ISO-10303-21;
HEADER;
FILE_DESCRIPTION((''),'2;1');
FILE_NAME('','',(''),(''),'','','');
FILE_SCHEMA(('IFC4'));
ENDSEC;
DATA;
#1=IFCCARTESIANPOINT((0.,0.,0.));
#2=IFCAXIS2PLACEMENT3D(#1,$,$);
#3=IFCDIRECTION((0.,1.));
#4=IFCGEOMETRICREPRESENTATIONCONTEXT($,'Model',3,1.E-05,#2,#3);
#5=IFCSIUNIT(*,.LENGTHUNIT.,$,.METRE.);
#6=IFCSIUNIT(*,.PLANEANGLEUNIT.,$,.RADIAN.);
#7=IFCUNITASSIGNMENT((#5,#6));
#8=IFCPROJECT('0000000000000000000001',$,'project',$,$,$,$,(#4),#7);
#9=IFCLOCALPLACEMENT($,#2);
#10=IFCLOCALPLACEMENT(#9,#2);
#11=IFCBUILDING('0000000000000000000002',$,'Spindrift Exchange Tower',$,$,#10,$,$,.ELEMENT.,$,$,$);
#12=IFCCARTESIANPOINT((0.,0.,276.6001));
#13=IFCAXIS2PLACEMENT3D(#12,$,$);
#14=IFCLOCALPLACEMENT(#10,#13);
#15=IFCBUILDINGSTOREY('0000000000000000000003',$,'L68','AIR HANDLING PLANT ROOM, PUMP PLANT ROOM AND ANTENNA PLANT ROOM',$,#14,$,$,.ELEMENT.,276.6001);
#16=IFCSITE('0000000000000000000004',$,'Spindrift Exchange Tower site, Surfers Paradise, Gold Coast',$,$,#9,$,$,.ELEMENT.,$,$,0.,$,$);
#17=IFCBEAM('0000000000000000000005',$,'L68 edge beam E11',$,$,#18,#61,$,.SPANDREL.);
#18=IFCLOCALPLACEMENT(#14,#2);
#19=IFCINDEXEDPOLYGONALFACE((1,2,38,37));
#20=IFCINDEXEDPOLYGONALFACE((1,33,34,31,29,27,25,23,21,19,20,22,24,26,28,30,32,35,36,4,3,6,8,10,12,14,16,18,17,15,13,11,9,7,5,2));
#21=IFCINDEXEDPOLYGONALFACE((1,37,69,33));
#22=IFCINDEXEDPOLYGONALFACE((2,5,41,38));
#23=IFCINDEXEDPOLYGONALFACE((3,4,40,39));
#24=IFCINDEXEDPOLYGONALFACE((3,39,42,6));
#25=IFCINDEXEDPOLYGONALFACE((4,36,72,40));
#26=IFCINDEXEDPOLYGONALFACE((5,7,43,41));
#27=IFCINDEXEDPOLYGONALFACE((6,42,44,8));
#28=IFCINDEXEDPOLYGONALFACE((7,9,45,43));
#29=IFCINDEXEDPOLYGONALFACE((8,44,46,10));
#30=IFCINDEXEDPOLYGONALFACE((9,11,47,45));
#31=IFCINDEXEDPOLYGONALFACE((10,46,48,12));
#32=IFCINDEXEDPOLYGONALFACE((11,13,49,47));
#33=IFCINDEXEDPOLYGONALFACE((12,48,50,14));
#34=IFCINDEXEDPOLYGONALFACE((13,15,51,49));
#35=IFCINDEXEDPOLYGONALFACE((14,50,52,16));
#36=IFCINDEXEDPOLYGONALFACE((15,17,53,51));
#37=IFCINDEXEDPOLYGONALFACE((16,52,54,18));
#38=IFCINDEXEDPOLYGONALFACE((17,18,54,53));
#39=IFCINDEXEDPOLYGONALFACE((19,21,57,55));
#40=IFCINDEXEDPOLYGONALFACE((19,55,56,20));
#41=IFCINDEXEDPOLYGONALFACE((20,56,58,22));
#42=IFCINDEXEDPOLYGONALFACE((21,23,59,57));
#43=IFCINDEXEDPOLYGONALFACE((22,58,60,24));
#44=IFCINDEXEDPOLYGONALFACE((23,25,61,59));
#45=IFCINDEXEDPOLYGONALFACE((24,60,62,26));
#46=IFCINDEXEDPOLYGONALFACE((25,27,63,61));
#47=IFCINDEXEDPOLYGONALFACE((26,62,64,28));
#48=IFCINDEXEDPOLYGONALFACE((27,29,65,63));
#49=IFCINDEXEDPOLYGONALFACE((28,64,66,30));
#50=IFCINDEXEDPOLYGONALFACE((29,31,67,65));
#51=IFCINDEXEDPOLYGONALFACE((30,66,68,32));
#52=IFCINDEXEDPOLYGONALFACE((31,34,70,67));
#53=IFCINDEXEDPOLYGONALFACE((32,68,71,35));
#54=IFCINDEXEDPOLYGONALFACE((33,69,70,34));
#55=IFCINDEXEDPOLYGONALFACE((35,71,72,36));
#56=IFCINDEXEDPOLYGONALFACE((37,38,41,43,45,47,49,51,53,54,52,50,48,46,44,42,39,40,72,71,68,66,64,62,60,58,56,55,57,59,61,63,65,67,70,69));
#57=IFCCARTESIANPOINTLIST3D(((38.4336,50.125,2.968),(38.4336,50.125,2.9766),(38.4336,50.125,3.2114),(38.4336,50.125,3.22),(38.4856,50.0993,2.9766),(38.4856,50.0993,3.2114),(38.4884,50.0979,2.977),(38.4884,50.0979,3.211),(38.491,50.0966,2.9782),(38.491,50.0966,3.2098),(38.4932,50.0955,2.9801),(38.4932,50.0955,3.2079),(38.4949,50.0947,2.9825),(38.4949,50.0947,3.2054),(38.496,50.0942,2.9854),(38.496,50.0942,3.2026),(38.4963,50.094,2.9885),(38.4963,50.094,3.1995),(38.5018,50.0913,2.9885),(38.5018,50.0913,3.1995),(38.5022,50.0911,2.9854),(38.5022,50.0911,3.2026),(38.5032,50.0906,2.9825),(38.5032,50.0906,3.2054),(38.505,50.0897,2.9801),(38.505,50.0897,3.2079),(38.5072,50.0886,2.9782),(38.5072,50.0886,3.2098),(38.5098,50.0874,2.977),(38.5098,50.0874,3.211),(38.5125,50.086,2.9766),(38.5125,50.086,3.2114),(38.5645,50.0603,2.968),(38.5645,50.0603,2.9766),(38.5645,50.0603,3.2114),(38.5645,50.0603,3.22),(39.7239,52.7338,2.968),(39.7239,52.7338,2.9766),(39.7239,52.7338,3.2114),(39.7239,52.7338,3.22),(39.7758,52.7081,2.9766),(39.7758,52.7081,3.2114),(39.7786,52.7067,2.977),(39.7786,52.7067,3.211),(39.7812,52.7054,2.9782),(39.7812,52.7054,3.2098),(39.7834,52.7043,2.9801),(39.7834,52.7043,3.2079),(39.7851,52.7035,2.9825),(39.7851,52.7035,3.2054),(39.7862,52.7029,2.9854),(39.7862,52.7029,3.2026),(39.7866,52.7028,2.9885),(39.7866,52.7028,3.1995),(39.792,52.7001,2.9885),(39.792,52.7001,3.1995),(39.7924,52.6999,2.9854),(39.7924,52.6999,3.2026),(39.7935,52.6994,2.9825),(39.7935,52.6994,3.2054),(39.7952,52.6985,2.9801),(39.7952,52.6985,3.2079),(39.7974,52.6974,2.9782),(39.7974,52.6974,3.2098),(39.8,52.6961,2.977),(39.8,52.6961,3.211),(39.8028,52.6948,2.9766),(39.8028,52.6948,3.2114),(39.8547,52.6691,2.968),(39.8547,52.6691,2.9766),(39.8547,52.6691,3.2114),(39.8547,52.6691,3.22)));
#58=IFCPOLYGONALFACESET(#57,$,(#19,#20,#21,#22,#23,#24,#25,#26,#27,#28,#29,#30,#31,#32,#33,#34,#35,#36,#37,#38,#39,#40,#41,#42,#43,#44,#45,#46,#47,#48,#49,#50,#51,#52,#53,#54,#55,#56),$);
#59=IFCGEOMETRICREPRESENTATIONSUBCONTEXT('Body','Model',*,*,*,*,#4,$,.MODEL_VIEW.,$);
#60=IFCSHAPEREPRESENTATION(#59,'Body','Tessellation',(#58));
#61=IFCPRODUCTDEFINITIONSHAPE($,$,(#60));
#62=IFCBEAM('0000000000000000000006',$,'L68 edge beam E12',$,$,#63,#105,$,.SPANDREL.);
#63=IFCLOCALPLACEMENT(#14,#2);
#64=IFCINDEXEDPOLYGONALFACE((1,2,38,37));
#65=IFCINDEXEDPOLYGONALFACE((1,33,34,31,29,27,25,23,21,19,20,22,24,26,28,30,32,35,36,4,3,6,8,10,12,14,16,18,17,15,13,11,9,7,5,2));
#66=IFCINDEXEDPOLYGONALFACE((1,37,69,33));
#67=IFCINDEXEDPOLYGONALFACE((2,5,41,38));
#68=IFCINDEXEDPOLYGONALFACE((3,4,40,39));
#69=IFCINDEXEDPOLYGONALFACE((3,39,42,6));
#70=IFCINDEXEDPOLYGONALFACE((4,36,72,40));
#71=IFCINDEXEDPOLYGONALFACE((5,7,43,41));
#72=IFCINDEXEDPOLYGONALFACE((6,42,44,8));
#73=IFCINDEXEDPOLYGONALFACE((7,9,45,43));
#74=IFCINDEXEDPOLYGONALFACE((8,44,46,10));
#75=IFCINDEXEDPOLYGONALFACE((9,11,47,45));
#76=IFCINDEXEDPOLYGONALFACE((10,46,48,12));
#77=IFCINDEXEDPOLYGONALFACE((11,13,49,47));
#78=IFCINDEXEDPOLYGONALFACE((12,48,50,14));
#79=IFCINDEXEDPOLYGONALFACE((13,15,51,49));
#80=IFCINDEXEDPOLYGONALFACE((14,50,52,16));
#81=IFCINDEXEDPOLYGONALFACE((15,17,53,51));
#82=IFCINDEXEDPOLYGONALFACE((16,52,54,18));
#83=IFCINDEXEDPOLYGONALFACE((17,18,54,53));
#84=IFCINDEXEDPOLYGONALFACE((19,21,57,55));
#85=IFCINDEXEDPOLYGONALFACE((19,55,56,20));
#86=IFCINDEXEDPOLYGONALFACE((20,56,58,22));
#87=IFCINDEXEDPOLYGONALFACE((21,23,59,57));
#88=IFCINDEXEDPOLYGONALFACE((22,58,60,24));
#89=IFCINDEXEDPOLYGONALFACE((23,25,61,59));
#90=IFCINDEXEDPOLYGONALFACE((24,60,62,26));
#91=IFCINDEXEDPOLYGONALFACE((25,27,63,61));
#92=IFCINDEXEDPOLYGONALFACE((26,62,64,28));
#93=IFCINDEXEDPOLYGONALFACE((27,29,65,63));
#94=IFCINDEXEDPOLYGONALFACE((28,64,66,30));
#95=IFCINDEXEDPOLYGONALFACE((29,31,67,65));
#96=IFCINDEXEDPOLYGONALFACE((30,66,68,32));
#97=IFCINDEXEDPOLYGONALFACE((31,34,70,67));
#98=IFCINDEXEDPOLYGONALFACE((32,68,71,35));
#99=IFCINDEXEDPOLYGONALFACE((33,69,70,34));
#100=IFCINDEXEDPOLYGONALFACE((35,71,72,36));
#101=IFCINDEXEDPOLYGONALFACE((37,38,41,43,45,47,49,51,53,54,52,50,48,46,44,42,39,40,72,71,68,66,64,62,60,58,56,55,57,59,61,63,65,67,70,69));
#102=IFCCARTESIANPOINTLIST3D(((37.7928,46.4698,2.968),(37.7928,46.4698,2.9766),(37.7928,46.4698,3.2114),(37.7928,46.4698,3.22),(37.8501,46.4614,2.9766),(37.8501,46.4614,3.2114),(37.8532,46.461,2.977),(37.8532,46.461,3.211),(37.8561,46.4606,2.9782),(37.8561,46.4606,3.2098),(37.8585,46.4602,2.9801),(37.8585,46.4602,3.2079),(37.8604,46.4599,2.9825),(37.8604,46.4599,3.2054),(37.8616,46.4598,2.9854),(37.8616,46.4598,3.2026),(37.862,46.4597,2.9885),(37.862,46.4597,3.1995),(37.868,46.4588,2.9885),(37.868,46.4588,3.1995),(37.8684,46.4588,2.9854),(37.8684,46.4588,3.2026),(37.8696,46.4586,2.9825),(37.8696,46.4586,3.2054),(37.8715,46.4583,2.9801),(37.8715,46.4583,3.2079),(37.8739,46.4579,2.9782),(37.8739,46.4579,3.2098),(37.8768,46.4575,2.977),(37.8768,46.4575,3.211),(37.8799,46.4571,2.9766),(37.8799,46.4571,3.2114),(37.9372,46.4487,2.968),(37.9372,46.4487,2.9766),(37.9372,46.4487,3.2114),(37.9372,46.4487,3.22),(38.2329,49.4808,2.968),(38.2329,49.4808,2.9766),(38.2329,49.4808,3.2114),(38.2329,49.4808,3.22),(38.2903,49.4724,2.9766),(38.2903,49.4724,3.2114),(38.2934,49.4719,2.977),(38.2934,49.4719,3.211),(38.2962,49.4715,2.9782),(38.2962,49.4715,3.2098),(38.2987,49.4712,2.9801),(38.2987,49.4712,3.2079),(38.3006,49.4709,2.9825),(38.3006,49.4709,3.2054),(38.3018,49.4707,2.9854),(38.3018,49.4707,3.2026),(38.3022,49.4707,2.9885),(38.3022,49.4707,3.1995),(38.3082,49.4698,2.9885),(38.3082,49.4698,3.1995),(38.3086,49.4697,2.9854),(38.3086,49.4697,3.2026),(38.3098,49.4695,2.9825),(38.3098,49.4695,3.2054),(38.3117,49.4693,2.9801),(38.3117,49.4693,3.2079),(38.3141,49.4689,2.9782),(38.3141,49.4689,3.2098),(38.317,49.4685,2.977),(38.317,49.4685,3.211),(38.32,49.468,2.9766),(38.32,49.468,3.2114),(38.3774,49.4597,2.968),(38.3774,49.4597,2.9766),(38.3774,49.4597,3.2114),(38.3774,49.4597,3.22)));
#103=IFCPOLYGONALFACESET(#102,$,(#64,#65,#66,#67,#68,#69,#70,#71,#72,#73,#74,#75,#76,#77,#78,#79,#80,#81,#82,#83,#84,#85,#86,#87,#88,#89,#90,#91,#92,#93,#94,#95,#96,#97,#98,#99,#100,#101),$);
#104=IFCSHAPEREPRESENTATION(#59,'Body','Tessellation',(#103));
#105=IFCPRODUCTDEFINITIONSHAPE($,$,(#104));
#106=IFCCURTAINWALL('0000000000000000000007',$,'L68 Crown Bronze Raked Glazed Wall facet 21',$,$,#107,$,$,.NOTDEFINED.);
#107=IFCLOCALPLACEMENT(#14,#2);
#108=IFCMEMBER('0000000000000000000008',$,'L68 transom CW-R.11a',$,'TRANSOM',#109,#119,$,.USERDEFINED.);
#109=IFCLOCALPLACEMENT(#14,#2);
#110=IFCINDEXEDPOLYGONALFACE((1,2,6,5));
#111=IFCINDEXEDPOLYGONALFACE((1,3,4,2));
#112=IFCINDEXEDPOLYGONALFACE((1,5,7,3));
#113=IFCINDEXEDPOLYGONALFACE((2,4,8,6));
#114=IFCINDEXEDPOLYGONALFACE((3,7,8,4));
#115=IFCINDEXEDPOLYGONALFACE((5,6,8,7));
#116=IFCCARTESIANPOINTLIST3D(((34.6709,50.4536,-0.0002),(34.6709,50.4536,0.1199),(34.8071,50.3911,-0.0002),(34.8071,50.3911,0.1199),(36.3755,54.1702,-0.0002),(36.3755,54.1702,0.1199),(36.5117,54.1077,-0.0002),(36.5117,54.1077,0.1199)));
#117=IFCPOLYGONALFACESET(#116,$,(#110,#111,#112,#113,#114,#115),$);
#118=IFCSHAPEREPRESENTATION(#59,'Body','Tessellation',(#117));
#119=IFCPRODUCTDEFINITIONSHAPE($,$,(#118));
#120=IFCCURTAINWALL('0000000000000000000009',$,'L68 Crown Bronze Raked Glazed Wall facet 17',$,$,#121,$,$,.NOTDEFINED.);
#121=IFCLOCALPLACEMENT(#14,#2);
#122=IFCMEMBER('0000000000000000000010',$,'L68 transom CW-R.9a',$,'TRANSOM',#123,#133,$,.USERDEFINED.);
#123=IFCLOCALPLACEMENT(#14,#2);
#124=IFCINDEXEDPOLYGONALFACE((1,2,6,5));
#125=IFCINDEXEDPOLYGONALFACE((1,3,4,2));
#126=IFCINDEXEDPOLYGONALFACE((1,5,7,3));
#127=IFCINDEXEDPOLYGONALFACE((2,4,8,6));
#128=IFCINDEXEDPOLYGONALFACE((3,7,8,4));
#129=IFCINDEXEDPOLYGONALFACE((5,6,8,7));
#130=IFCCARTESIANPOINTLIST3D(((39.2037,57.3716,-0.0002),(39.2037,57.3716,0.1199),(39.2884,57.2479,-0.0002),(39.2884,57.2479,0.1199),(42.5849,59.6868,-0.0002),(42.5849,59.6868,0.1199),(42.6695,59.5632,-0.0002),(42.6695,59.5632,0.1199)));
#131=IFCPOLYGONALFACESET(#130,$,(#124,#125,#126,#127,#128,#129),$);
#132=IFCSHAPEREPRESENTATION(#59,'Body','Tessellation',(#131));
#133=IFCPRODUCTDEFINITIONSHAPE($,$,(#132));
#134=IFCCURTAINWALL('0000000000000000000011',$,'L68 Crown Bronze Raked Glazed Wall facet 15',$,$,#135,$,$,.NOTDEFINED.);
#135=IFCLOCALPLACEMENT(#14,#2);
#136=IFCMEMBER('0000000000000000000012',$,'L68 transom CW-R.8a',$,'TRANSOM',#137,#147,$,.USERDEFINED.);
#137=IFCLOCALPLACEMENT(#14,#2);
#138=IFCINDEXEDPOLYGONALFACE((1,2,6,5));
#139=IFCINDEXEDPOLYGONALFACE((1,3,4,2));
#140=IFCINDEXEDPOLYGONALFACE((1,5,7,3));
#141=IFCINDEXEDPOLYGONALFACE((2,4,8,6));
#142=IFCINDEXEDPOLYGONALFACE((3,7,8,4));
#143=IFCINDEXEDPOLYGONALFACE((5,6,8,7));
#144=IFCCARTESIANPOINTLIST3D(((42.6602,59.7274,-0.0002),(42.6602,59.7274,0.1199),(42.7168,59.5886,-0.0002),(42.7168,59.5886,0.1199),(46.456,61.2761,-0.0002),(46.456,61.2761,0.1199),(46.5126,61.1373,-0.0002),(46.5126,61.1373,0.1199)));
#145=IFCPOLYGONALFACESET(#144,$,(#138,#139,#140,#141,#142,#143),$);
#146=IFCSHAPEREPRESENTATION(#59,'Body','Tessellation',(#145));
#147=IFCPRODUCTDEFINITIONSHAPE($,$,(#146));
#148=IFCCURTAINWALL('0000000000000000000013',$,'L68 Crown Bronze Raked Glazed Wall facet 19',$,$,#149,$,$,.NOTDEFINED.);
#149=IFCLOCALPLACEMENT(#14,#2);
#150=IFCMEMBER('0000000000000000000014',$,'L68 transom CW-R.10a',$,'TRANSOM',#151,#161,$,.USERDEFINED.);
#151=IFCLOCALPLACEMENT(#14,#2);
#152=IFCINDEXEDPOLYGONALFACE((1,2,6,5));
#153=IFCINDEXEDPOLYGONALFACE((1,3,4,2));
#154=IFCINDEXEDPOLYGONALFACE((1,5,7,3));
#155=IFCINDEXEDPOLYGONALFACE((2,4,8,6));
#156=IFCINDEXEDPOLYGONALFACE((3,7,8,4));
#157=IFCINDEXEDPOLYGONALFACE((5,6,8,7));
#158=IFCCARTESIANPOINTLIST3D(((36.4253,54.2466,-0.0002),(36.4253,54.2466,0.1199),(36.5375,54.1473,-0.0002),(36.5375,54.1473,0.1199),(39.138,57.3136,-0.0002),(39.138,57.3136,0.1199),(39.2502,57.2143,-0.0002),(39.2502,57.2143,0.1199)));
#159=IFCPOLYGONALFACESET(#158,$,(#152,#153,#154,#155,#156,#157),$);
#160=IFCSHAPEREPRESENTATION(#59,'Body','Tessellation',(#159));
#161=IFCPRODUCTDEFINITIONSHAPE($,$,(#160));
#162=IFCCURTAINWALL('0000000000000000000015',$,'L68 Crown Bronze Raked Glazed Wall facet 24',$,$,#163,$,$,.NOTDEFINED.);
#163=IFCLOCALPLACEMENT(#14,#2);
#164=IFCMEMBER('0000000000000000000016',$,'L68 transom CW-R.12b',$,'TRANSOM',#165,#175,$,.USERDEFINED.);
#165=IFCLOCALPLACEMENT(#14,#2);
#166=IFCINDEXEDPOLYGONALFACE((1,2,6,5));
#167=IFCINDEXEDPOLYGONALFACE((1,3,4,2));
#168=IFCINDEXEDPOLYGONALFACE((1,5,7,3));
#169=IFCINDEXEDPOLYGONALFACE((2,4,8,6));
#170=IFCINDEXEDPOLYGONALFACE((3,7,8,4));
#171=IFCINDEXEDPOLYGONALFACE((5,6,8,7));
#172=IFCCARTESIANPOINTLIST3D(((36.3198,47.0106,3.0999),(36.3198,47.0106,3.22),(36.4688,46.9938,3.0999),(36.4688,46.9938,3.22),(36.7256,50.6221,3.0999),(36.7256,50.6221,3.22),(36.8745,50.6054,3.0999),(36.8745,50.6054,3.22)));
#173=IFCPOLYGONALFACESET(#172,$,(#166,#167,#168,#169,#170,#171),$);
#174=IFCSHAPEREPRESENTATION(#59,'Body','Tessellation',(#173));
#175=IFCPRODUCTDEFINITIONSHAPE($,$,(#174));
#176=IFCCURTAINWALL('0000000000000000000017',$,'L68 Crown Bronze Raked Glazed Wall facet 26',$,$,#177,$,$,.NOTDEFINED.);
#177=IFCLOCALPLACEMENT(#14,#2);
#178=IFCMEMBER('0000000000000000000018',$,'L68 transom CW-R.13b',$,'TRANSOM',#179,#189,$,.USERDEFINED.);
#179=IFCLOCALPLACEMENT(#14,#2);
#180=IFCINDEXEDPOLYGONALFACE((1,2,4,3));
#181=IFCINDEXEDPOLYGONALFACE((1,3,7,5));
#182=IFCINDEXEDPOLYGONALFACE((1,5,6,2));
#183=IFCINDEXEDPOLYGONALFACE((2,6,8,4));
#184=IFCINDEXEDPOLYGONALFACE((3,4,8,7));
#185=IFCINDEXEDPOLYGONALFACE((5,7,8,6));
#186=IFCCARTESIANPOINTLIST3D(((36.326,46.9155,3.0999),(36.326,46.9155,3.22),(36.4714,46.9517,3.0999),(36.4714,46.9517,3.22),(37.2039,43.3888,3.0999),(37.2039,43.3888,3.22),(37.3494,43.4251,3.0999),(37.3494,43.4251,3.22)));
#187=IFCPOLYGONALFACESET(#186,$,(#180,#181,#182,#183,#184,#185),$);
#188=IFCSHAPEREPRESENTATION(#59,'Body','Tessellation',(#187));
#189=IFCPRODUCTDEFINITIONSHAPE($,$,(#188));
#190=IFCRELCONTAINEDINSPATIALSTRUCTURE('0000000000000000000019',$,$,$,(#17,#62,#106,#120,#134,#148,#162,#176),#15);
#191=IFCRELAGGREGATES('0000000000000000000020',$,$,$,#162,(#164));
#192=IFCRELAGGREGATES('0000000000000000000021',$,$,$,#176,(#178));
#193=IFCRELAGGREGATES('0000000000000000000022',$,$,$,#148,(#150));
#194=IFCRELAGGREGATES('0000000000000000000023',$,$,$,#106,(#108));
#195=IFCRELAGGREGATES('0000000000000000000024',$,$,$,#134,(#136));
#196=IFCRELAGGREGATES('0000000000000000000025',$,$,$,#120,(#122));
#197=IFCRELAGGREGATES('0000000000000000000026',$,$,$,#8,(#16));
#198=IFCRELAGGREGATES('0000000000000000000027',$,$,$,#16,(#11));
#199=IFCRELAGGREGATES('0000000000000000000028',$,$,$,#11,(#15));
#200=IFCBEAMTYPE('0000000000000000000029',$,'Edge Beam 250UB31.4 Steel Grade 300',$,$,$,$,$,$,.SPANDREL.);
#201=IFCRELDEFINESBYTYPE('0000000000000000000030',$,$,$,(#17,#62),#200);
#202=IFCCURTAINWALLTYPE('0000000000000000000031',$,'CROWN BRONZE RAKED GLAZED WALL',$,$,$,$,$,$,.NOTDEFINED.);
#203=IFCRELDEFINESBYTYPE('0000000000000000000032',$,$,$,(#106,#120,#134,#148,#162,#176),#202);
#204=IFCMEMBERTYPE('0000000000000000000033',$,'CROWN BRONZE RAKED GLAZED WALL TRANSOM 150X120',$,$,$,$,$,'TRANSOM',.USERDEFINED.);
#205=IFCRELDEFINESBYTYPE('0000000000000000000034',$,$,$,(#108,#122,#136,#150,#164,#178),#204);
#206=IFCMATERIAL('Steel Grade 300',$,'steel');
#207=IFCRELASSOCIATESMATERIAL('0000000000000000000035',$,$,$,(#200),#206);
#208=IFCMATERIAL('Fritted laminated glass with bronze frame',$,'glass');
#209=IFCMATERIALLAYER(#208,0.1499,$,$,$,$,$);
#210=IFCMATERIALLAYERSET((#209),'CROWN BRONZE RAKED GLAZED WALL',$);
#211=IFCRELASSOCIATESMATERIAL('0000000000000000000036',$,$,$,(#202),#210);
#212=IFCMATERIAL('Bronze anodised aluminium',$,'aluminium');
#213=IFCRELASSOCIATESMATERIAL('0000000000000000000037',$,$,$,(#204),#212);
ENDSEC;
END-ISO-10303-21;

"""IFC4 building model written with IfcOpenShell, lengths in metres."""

from ifc_helpers import new_model, si_unit, direction, frame, origin, origin_2d, place, context, subcontext, project, spatial, rectangle, i_section, extrude, source, transform, mapped, material, layer, layer_set, material_profile, profile_set, type_object, element, aggregate, save


model = new_model("IFC4")

# Units and contexts
model_context = context("Model", 3, precision=1e-05, world=origin(), true_north=direction((0.0, 1.0)))
body_context = subcontext(model_context, "Body", "Model", "MODEL_VIEW")
ifc_project = project(units=[si_unit("LENGTHUNIT", "METRE"), si_unit("PLANEANGLEUNIT", "RADIAN")], contexts=[model_context])

# Site, building, storey
site_placement = place(None, origin())
site = spatial("IfcSite", under=ifc_project, at=site_placement, Name="Spindrift Exchange Tower site, Surfers Paradise, Gold Coast", CompositionType="ELEMENT", RefElevation=0.0)
building_placement = place(site_placement, origin())
building = spatial("IfcBuilding", under=site, at=building_placement, Name="Spindrift Exchange Tower", CompositionType="ELEMENT")
storey_placement = place(building_placement, frame((0.0, 0.0, 276.6001)))
storey = spatial("IfcBuildingStorey", under=building, at=storey_placement, Name="L68", Description="AIR HANDLING PLANT ROOM, PUMP PLANT ROOM AND ANTENNA PLANT ROOM", CompositionType="ELEMENT", Elevation=276.6001)

# Beams
ifc_material_1 = material(Name="Steel Grade 300", Category="steel")
ifc_material_profile_1 = material_profile(ifc_material_1, i_section(OverallWidth=0.146, OverallDepth=0.252, WebThickness=0.0061, FlangeThickness=0.0085, FilletRadius=0.012, at=origin_2d()), Name="250UB31.4")
ifc_profile_set_1 = profile_set([ifc_material_profile_1], Name="Steel Grade 300")
beam_type_1 = type_object("IfcBeamType", Name="Edge Beam 250UB31.4 Steel Grade 300", PredefinedType="SPANDREL", material=ifc_profile_set_1)
shared_shape_1 = source(origin(), body_context, "Body", "SweptSolid", [
    extrude(i_section(OverallWidth=0.146, OverallDepth=0.252, WebThickness=0.0061, FlangeThickness=0.0085, FilletRadius=0.012, at=origin_2d()), origin(), (0.0, 0.0, 1.0), 2.9104),
])
beam_1_placement = place(storey_placement, frame((39.7893, 52.7014, 3.094), z_axis=(-0.443317, -0.896365, 0.0), x_axis=(0.896365, -0.443317, 0.0)))
element("IfcBeam", 1, at=beam_1_placement, inside=storey, type_object=beam_type_1, Name="L68 edge beam E11", PredefinedType="SPANDREL", context=body_context, shape_type="MappedRepresentation", body=[
    mapped(shared_shape_1, transform((0.0, 0.0, 0.0), scale=1.0)),
])
shared_shape_2 = source(origin(), body_context, "Body", "SweptSolid", [
    extrude(i_section(OverallWidth=0.146, OverallDepth=0.252, WebThickness=0.0061, FlangeThickness=0.0085, FilletRadius=0.012, at=origin_2d()), origin(), (0.0, 0.0, 1.0), 3.043),
])
beam_2_placement = place(storey_placement, frame((38.3052, 49.4702, 3.094), z_axis=(-0.144655, -0.989482, 0.0), x_axis=(0.989482, -0.144655, 0.0)))
element("IfcBeam", 2, at=beam_2_placement, inside=storey, type_object=beam_type_1, Name="L68 edge beam E12", PredefinedType="SPANDREL", context=body_context, shape_type="MappedRepresentation", body=[
    mapped(shared_shape_2, transform((0.0, 0.0, 0.0), scale=1.0)),
])

# Curtain walls, members
ifc_material_2 = material(Name="Fritted laminated glass with bronze frame", Category="glass")
ifc_layer_1 = layer(ifc_material_2, 0.1499)
ifc_layer_set_1 = layer_set([ifc_layer_1], Name="CROWN BRONZE RAKED GLAZED WALL")
curtain_wall_type = type_object("IfcCurtainWallType", Name="CROWN BRONZE RAKED GLAZED WALL", PredefinedType="NOTDEFINED", material=ifc_layer_set_1)
curtain_wall_1_placement = place(storey_placement, origin())
curtain_wall_1 = element("IfcCurtainWall", 3, at=curtain_wall_1_placement, inside=storey, type_object=curtain_wall_type, Name="L68 Crown Bronze Raked Glazed Wall facet 21", PredefinedType="NOTDEFINED")
ifc_material_3 = material(Name="Bronze anodised aluminium", Category="aluminium")
ifc_material_profile_2 = material_profile(ifc_material_3, rectangle(XDim=0.1499, YDim=0.1201, at=origin_2d()), Name="CROWN BRONZE RAKED GLAZED WALL TRANSOM 150X120")
ifc_profile_set_2 = profile_set([ifc_material_profile_2], Name="Bronze anodised aluminium")
member_type_1 = type_object("IfcMemberType", Name="CROWN BRONZE RAKED GLAZED WALL TRANSOM 150X120", ElementType="TRANSOM", PredefinedType="USERDEFINED", material=ifc_profile_set_2)
shared_shape_3 = source(origin(), body_context, "Body", "SweptSolid", [
    extrude(rectangle(XDim=0.1499, YDim=0.1201, at=origin_2d()), origin(), (0.0, 0.0, 1.0), 4.0889),
])
member_1_placement = place(storey_placement, frame((36.4436, 54.1389, 0.0598), z_axis=(-0.416891, -0.908956, 0.0), x_axis=(0.908956, -0.416891, 0.0)))
member_1 = element("IfcMember", 4, at=member_1_placement, type_object=member_type_1, Name="L68 transom CW-R.11a", ObjectType="TRANSOM", PredefinedType="USERDEFINED", context=body_context, shape_type="MappedRepresentation", body=[
    mapped(shared_shape_3, transform((0.0, 0.0, 0.0), scale=1.0)),
])
curtain_wall_2_placement = place(storey_placement, origin())
curtain_wall_2 = element("IfcCurtainWall", 5, at=curtain_wall_2_placement, inside=storey, type_object=curtain_wall_type, Name="L68 Crown Bronze Raked Glazed Wall facet 17", PredefinedType="NOTDEFINED")
shared_shape_4 = source(origin(), body_context, "Body", "SweptSolid", [
    extrude(rectangle(XDim=0.1499, YDim=0.1201, at=origin_2d()), origin(), (0.0, 0.0, 1.0), 4.0979),
])
member_2_placement = place(storey_placement, frame((42.6272, 59.625, 0.0598), z_axis=(-0.825103, -0.564983, 0.0), x_axis=(0.564983, -0.825103, 0.0)))
member_2 = element("IfcMember", 6, at=member_2_placement, type_object=member_type_1, Name="L68 transom CW-R.9a", ObjectType="TRANSOM", PredefinedType="USERDEFINED", context=body_context, shape_type="MappedRepresentation", body=[
    mapped(shared_shape_4, transform((0.0, 0.0, 0.0), scale=1.0)),
])
curtain_wall_3_placement = place(storey_placement, origin())
curtain_wall_3 = element("IfcCurtainWall", 7, at=curtain_wall_3_placement, inside=storey, type_object=curtain_wall_type, Name="L68 Crown Bronze Raked Glazed Wall facet 15", PredefinedType="NOTDEFINED")
shared_shape_5 = source(origin(), body_context, "Body", "SweptSolid", [
    extrude(rectangle(XDim=0.1499, YDim=0.1201, at=origin_2d()), origin(), (0.0, 0.0, 1.0), 4.0996),
])
member_3_placement = place(storey_placement, frame((42.6885, 59.658, 0.0598), z_axis=(0.925892, 0.377789, 0.0), x_axis=(-0.377789, 0.925892, 0.0)))
member_3 = element("IfcMember", 8, at=member_3_placement, type_object=member_type_1, Name="L68 transom CW-R.8a", ObjectType="TRANSOM", PredefinedType="USERDEFINED", context=body_context, shape_type="MappedRepresentation", body=[
    mapped(shared_shape_5, transform((0.0, 0.0, 0.0), scale=1.0)),
])
curtain_wall_4_placement = place(storey_placement, origin())
curtain_wall_4 = element("IfcCurtainWall", 9, at=curtain_wall_4_placement, inside=storey, type_object=curtain_wall_type, Name="L68 Crown Bronze Raked Glazed Wall facet 19", PredefinedType="NOTDEFINED")
shared_shape_6 = source(origin(), body_context, "Body", "SweptSolid", [
    extrude(rectangle(XDim=0.1499, YDim=0.1201, at=origin_2d()), origin(), (0.0, 0.0, 1.0), 4.0945),
])
member_4_placement = place(storey_placement, frame((39.1941, 57.2639, 0.0598), z_axis=(-0.662522, -0.749042, 0.0), x_axis=(0.749042, -0.662522, 0.0)))
member_4 = element("IfcMember", 10, at=member_4_placement, type_object=member_type_1, Name="L68 transom CW-R.10a", ObjectType="TRANSOM", PredefinedType="USERDEFINED", context=body_context, shape_type="MappedRepresentation", body=[
    mapped(shared_shape_6, transform((0.0, 0.0, 0.0), scale=1.0)),
])
curtain_wall_5_placement = place(storey_placement, origin())
curtain_wall_5 = element("IfcCurtainWall", 11, at=curtain_wall_5_placement, inside=storey, type_object=curtain_wall_type, Name="L68 Crown Bronze Raked Glazed Wall facet 24", PredefinedType="NOTDEFINED")
shared_shape_7 = source(origin(), body_context, "Body", "SweptSolid", [
    extrude(rectangle(XDim=0.1499, YDim=0.1201, at=origin_2d()), origin(), (0.0, 0.0, 1.0), 3.6343),
])
member_5_placement = place(storey_placement, frame((36.3943, 47.0022, 3.1599), z_axis=(0.111648, 0.993748, 0.0), x_axis=(-0.993748, 0.111648, 0.0)))
member_5 = element("IfcMember", 12, at=member_5_placement, type_object=member_type_1, Name="L68 transom CW-R.12b", ObjectType="TRANSOM", PredefinedType="USERDEFINED", context=body_context, shape_type="MappedRepresentation", body=[
    mapped(shared_shape_7, transform((0.0, 0.0, 0.0), scale=1.0)),
])
aggregate(curtain_wall_5, [member_5])
curtain_wall_6_placement = place(storey_placement, origin())
curtain_wall_6 = element("IfcCurtainWall", 13, at=curtain_wall_6_placement, inside=storey, type_object=curtain_wall_type, Name="L68 Crown Bronze Raked Glazed Wall facet 26", PredefinedType="NOTDEFINED")
member_6_placement = place(storey_placement, frame((36.3987, 46.9336, 3.1599), z_axis=(0.241571, -0.970383, 0.0), x_axis=(0.970383, 0.241571, 0.0)))
member_6 = element("IfcMember", 14, at=member_6_placement, type_object=member_type_1, Name="L68 transom CW-R.13b", ObjectType="TRANSOM", PredefinedType="USERDEFINED", context=body_context, shape_type="MappedRepresentation", body=[
    mapped(shared_shape_7, transform((0.0, 0.0, 0.0), scale=1.0)),
])
aggregate(curtain_wall_6, [member_6])

aggregate(curtain_wall_4, [member_4])
aggregate(curtain_wall_1, [member_1])
aggregate(curtain_wall_3, [member_3])
aggregate(curtain_wall_2, [member_2])

save(model, "model.ifc")
